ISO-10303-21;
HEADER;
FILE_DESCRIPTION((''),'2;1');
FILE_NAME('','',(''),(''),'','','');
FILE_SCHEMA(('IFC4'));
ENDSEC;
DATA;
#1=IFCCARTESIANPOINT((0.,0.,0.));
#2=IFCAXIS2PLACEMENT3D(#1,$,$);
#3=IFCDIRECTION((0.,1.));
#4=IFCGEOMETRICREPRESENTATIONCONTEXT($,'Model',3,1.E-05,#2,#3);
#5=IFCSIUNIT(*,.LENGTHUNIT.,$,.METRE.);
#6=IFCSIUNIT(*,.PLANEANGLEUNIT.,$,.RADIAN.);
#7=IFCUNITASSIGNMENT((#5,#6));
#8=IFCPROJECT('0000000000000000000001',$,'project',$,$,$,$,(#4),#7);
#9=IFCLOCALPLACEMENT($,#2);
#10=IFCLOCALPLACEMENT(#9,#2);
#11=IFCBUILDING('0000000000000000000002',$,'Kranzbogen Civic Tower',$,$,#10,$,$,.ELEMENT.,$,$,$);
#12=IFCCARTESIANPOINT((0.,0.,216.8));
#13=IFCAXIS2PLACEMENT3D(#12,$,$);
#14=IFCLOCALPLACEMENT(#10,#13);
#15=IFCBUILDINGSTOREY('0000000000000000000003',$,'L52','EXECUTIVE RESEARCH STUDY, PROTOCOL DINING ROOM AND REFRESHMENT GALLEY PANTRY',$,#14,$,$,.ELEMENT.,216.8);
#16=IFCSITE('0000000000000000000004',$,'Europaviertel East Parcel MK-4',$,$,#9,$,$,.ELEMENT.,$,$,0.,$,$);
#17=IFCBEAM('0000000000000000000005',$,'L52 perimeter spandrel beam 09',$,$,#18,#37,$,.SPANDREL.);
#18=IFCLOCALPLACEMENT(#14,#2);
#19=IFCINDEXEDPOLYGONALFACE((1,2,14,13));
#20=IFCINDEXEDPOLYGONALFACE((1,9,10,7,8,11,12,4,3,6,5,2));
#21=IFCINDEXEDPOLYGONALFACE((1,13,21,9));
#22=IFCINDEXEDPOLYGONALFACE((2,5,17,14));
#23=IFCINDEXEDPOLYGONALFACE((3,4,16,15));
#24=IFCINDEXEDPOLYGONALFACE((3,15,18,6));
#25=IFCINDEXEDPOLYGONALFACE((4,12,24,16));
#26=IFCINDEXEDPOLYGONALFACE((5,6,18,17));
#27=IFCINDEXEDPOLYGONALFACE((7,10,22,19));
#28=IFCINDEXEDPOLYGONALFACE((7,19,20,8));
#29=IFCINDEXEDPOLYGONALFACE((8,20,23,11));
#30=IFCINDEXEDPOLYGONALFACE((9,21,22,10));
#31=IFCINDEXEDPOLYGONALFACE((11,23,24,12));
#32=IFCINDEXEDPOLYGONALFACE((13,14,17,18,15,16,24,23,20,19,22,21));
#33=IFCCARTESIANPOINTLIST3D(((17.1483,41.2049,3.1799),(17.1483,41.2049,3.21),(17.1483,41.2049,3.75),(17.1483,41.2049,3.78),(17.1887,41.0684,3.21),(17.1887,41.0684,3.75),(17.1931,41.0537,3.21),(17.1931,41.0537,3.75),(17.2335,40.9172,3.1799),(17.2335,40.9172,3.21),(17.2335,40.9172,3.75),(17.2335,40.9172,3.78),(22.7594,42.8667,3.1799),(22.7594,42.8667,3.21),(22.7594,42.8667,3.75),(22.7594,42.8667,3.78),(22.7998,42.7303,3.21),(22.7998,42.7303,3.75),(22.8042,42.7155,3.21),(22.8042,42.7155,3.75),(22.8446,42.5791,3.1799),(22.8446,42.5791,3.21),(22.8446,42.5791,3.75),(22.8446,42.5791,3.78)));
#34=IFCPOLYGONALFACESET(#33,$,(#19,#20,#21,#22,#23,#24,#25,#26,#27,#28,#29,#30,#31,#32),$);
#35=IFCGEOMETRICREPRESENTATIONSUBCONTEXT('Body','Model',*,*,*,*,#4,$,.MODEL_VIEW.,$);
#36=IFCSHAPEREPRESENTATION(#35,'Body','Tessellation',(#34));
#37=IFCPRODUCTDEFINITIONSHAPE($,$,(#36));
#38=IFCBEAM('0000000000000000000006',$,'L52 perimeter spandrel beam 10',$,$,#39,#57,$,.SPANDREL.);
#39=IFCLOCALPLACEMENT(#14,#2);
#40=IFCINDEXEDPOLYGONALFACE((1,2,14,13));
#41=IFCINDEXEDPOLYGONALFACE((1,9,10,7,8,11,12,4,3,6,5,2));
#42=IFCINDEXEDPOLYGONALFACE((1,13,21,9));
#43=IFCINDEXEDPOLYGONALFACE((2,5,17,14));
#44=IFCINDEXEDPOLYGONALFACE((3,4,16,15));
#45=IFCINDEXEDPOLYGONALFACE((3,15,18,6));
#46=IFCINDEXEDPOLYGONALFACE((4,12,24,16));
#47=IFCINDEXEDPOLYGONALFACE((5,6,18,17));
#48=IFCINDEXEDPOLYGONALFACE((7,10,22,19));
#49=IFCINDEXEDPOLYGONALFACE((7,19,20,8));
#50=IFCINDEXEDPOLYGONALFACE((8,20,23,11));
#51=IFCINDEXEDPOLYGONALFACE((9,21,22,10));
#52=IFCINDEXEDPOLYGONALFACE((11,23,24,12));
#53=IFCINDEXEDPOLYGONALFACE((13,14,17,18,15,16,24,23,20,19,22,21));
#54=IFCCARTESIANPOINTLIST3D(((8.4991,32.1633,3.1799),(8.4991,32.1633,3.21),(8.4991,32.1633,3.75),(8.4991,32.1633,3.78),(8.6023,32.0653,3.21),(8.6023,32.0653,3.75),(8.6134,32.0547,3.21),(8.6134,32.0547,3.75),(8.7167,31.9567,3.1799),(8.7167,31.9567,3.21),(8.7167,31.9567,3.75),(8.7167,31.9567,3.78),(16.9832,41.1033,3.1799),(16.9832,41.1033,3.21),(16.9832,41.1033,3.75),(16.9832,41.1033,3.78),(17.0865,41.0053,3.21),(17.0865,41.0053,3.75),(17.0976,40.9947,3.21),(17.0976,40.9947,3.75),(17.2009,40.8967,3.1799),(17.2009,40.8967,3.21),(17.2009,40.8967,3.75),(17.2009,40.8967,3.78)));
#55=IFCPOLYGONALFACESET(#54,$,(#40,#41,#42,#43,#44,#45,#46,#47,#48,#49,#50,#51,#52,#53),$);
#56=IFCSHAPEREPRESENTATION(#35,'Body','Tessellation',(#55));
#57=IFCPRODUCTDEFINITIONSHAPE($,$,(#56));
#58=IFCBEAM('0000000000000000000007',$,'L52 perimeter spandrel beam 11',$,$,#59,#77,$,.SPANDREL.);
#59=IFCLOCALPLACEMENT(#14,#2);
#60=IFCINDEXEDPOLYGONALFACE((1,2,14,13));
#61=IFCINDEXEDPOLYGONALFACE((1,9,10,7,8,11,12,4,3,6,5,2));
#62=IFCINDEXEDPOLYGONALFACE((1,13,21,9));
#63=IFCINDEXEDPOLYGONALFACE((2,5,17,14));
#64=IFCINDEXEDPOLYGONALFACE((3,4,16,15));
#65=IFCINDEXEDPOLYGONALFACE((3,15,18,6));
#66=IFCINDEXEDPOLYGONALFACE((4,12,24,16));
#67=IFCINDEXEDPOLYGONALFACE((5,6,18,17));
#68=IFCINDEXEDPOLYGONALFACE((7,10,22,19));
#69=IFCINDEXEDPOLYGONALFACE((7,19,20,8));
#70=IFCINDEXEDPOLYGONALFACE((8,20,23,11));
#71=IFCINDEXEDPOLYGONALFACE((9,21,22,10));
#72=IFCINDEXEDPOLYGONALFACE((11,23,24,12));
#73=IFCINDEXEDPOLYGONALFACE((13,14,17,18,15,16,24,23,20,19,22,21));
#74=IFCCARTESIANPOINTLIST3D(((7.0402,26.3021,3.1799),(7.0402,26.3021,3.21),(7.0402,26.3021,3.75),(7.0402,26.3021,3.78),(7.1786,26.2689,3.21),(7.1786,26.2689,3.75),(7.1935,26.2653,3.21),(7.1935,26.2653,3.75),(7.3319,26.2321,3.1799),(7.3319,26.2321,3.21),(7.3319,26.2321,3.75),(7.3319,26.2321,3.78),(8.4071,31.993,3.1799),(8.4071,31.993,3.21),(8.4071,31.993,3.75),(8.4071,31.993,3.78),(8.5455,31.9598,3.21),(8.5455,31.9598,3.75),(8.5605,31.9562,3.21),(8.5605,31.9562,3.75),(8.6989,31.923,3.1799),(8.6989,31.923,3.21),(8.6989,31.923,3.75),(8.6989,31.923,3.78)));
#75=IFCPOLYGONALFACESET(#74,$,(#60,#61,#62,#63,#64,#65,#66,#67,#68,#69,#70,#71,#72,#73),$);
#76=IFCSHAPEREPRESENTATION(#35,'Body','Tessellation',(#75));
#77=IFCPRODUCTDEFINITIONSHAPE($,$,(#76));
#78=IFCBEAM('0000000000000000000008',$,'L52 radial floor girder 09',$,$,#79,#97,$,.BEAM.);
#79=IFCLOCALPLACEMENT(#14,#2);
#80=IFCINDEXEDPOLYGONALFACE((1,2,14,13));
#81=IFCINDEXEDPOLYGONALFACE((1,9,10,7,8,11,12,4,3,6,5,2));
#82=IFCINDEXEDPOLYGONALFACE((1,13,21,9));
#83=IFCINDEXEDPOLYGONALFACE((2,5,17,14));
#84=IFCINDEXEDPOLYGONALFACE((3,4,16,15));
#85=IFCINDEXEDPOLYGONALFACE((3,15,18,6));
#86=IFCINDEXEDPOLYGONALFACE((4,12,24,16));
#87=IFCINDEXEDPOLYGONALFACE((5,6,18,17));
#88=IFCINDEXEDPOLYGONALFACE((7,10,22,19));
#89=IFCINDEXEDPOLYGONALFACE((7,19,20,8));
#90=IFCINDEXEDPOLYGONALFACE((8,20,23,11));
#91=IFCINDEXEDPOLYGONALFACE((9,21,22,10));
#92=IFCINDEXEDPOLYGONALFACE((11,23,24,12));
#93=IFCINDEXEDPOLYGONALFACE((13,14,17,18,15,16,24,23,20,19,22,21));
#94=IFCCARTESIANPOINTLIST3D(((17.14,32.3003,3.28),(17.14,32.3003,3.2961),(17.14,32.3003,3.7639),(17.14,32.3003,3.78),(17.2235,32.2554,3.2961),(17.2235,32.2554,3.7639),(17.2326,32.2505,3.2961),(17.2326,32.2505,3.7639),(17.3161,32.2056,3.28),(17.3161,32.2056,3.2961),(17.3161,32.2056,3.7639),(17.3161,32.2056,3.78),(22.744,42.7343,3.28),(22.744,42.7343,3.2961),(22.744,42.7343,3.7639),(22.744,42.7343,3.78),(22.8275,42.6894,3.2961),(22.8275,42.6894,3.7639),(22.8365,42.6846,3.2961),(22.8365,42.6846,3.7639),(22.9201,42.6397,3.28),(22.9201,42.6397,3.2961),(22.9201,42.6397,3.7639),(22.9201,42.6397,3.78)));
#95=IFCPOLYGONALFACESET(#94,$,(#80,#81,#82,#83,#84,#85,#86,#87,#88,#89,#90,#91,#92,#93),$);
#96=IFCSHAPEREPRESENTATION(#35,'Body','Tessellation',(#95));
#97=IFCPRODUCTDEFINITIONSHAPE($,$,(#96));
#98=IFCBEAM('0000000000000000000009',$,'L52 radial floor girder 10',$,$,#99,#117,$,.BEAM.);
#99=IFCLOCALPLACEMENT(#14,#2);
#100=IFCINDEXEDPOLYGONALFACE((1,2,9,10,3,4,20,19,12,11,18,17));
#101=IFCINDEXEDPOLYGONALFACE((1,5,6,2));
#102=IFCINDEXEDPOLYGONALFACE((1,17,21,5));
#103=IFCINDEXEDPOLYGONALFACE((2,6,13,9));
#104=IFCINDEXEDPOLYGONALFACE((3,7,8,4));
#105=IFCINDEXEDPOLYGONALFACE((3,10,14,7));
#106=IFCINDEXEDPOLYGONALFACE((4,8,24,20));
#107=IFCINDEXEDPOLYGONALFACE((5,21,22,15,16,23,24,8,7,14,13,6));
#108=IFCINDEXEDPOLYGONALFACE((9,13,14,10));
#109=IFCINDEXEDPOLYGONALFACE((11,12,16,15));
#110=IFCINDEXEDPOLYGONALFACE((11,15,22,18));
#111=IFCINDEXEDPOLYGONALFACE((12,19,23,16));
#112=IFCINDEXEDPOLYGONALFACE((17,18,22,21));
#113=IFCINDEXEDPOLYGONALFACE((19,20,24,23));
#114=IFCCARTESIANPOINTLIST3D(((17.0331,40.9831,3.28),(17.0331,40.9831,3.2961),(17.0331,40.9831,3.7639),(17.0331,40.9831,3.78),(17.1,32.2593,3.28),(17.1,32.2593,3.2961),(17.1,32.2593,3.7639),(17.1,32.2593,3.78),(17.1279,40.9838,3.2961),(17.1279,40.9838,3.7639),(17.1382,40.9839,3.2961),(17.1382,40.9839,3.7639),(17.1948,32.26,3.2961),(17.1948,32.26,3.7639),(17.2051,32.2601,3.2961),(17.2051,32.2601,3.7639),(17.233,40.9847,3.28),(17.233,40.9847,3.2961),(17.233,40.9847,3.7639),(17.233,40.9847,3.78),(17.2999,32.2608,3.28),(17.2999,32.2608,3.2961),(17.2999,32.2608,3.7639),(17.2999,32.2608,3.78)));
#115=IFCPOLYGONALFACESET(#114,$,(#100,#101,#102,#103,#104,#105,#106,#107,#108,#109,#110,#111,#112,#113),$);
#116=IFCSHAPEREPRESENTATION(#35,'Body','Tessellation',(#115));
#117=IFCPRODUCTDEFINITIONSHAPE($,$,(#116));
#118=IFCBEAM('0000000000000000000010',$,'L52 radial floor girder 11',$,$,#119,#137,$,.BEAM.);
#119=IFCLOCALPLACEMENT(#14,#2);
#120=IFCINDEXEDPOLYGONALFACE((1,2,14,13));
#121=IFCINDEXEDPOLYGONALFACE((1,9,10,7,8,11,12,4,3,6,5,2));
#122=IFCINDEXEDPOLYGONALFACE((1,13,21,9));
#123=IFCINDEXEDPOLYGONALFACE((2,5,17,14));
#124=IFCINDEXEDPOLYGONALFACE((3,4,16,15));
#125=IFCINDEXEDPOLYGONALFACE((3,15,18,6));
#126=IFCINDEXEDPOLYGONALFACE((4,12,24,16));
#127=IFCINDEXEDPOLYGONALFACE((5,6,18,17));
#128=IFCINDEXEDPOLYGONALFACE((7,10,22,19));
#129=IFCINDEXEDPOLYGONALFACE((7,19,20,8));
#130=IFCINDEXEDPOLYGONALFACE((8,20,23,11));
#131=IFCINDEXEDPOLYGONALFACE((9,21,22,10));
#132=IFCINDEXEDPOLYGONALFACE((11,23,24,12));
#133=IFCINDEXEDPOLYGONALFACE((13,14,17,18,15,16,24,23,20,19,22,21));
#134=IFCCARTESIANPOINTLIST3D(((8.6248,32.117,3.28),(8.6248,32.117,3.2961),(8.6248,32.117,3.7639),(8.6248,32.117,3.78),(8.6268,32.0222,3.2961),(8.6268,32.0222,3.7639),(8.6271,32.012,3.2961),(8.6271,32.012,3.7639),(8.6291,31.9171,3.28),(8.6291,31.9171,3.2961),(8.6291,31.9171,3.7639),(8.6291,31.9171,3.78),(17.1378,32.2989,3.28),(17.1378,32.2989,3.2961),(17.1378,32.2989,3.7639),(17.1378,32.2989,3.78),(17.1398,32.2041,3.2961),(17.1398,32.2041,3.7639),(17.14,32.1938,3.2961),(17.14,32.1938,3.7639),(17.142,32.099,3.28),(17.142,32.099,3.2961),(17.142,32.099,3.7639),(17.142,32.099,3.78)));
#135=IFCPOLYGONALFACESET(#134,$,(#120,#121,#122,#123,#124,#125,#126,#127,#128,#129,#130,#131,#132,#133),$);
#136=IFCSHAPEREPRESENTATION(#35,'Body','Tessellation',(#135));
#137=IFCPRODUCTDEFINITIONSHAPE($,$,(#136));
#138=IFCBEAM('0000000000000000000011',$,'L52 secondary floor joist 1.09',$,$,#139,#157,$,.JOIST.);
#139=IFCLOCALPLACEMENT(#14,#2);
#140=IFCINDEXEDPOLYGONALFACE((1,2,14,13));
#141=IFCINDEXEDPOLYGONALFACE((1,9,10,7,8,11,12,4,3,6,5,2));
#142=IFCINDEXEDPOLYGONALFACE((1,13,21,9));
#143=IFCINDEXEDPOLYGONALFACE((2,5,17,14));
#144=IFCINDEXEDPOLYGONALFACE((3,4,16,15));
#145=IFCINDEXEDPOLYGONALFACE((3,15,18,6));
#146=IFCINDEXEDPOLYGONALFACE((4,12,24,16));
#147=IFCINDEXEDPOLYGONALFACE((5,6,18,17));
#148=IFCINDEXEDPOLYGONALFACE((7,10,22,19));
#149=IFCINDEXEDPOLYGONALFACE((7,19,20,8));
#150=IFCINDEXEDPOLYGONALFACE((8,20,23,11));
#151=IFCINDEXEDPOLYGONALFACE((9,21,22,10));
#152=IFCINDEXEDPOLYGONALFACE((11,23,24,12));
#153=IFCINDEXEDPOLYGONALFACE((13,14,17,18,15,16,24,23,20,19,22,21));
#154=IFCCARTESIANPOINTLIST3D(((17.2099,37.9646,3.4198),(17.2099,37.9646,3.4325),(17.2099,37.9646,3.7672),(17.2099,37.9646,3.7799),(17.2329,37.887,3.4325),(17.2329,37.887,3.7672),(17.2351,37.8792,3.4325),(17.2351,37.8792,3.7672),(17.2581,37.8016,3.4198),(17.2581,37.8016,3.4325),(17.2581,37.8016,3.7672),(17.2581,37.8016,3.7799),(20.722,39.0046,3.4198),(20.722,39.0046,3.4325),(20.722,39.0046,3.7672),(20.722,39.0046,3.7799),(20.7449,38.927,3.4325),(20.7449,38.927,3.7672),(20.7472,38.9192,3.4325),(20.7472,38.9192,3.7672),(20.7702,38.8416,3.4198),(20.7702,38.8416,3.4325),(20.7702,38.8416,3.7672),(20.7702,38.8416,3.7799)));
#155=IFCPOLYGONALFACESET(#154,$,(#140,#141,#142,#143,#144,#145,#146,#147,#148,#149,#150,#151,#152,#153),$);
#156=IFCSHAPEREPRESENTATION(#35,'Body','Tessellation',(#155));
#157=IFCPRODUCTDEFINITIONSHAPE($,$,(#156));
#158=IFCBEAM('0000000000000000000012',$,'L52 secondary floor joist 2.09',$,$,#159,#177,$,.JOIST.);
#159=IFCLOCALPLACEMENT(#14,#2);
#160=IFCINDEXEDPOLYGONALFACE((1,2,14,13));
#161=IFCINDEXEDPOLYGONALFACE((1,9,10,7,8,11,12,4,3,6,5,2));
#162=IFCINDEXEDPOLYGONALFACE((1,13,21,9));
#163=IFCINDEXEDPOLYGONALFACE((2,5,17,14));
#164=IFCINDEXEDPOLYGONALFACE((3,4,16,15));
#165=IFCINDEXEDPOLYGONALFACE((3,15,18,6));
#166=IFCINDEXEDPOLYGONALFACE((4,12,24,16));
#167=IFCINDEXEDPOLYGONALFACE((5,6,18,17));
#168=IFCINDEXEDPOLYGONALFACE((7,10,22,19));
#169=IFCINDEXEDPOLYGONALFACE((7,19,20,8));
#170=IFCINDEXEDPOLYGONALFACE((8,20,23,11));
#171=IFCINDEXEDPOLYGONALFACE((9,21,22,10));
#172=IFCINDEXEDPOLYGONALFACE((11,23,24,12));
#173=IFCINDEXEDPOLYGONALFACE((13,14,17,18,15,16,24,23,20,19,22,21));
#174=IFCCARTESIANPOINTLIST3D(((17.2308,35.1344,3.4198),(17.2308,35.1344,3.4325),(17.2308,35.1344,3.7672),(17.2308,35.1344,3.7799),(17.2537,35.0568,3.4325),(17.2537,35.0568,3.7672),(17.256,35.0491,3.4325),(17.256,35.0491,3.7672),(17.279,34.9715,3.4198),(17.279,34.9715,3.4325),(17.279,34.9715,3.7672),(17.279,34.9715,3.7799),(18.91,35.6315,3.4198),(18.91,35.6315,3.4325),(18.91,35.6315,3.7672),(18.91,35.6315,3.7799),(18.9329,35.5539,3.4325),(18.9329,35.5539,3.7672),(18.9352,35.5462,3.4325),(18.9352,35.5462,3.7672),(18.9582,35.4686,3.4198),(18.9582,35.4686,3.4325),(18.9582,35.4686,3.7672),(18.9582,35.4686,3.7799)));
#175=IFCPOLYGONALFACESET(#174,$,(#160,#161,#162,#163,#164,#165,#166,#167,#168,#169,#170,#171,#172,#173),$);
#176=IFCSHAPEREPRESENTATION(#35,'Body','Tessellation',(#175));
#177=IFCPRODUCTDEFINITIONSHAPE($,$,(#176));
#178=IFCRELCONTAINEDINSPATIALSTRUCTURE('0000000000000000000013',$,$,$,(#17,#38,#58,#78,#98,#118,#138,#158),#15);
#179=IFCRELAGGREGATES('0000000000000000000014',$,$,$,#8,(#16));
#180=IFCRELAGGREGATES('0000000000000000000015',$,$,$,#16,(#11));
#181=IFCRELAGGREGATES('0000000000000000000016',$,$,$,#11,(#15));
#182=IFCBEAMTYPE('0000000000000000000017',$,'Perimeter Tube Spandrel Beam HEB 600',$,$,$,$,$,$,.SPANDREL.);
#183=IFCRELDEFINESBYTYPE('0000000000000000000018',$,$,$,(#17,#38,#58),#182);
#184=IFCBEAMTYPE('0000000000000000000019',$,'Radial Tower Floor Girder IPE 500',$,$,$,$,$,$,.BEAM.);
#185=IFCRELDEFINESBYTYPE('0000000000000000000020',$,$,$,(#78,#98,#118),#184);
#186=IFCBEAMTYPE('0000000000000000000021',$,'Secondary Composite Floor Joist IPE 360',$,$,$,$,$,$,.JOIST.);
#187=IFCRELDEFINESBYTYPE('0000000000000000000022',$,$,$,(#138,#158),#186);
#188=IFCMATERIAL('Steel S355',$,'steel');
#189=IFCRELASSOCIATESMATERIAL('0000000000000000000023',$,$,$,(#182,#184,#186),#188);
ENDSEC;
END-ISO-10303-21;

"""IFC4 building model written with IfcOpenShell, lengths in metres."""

from ifc_helpers import new_model, si_unit, direction, frame, origin, origin_2d, place, context, subcontext, project, spatial, i_section, extrude, material, material_profile, profile_set, type_object, element, save


model = new_model("IFC4")

# Units and contexts
model_context = context("Model", 3, precision=1e-05, world=origin(), true_north=direction((0.0, 1.0)))
body_context = subcontext(model_context, "Body", "Model", "MODEL_VIEW")
ifc_project = project(units=[si_unit("LENGTHUNIT", "METRE"), si_unit("PLANEANGLEUNIT", "RADIAN")], contexts=[model_context])

# Site, building, storey
site_placement = place(None, origin())
site = spatial("IfcSite", under=ifc_project, at=site_placement, Name="Europaviertel East Parcel MK-4", CompositionType="ELEMENT", RefElevation=0.0)
building_placement = place(site_placement, origin())
building = spatial("IfcBuilding", under=site, at=building_placement, Name="Kranzbogen Civic Tower", CompositionType="ELEMENT")
storey_placement = place(building_placement, frame((0.0, 0.0, 216.8)))
storey = spatial("IfcBuildingStorey", under=building, at=storey_placement, Name="L52", Description="EXECUTIVE RESEARCH STUDY, PROTOCOL DINING ROOM AND REFRESHMENT GALLEY PANTRY", CompositionType="ELEMENT", Elevation=216.8)

# Shared definitions
ifc_material_1 = material(Name="Steel S355", Category="steel")

# Beams
ifc_material_profile_1 = material_profile(ifc_material_1, i_section(OverallWidth=0.3, OverallDepth=0.6001, WebThickness=0.0154, FlangeThickness=0.03, at=origin_2d()), Name="HEB 600")
ifc_profile_set_1 = profile_set([ifc_material_profile_1], Name="Steel S355")
beam_type_1 = type_object("IfcBeamType", Name="Perimeter Tube Spandrel Beam HEB 600", PredefinedType="SPANDREL", material=ifc_profile_set_1)
beam_1_placement = place(storey_placement, frame((22.802, 42.7229, 3.48), z_axis=(-0.95883, -0.283982, 0.0), x_axis=(0.283982, -0.95883, 0.0)))
element("IfcBeam", 1, at=beam_1_placement, inside=storey, type_object=beam_type_1, Name="L52 perimeter spandrel beam 09", PredefinedType="SPANDREL", context=body_context, shape_type="SweptSolid", body=[
    extrude(i_section(OverallWidth=0.3, OverallDepth=0.6001, WebThickness=0.0154, FlangeThickness=0.03, at=origin_2d()), origin(), (0.0, 0.0, 1.0), 5.8521),
])
beam_2_placement = place(storey_placement, frame((17.092, 41.0, 3.48), z_axis=(-0.688373, -0.725356, 0.0), x_axis=(0.725356, -0.688373, 0.0)))
element("IfcBeam", 2, at=beam_2_placement, inside=storey, type_object=beam_type_1, Name="L52 perimeter spandrel beam 10", PredefinedType="SPANDREL", context=body_context, shape_type="SweptSolid", body=[
    extrude(i_section(OverallWidth=0.3, OverallDepth=0.6001, WebThickness=0.0154, FlangeThickness=0.03, at=origin_2d()), origin(), (0.0, 0.0, 1.0), 12.325),
])
beam_3_placement = place(storey_placement, frame((8.553, 31.958, 3.48), z_axis=(-0.233554, -0.972344, 0.0), x_axis=(0.972344, -0.233554, 0.0)))
element("IfcBeam", 3, at=beam_3_placement, inside=storey, type_object=beam_type_1, Name="L52 perimeter spandrel beam 11", PredefinedType="SPANDREL", context=body_context, shape_type="SweptSolid", body=[
    extrude(i_section(OverallWidth=0.3, OverallDepth=0.6001, WebThickness=0.0154, FlangeThickness=0.03, at=origin_2d()), origin(), (0.0, 0.0, 1.0), 5.8528),
])
ifc_material_profile_2 = material_profile(ifc_material_1, i_section(OverallWidth=0.2, OverallDepth=0.5, WebThickness=0.0103, FlangeThickness=0.0161, at=origin_2d()), Name="IPE 500")
ifc_profile_set_2 = profile_set([ifc_material_profile_2], Name="Steel S355")
beam_type_2 = type_object("IfcBeamType", Name="Radial Tower Floor Girder IPE 500", PredefinedType="BEAM", material=ifc_profile_set_2)
beam_4_placement = place(storey_placement, frame((22.832, 42.687, 3.53), z_axis=(-0.47316, -0.880976, 0.0), x_axis=(0.880976, -0.47316, 0.0)))
element("IfcBeam", 4, at=beam_4_placement, inside=storey, type_object=beam_type_2, Name="L52 radial floor girder 09", PredefinedType="BEAM", context=body_context, shape_type="SweptSolid", body=[
    extrude(i_section(OverallWidth=0.2, OverallDepth=0.5, WebThickness=0.0103, FlangeThickness=0.0161, at=origin_2d()), origin(), (0.0, 0.0, 1.0), 11.8438),
])
beam_5_placement = place(storey_placement, frame((17.1331, 40.9839, 3.53), z_axis=(0.007668, -0.999971, 0.0), x_axis=(0.999971, 0.007668, 0.0)))
element("IfcBeam", 5, at=beam_5_placement, inside=storey, type_object=beam_type_2, Name="L52 radial floor girder 10", PredefinedType="BEAM", context=body_context, shape_type="SweptSolid", body=[
    extrude(i_section(OverallWidth=0.2, OverallDepth=0.5, WebThickness=0.0103, FlangeThickness=0.0161, at=origin_2d()), origin(), (0.0, 0.0, 1.0), 8.7241),
])
beam_6_placement = place(storey_placement, frame((8.627, 32.0171, 3.53), z_axis=(0.999772, 0.021361, 0.0), x_axis=(-0.021361, 0.999772, 0.0)))
element("IfcBeam", 6, at=beam_6_placement, inside=storey, type_object=beam_type_2, Name="L52 radial floor girder 11", PredefinedType="BEAM", context=body_context, shape_type="SweptSolid", body=[
    extrude(i_section(OverallWidth=0.2, OverallDepth=0.5, WebThickness=0.0103, FlangeThickness=0.0161, at=origin_2d()), origin(), (0.0, 0.0, 1.0), 8.5149),
])
ifc_material_profile_3 = material_profile(ifc_material_1, i_section(OverallWidth=0.1699, OverallDepth=0.3601, WebThickness=0.0081, FlangeThickness=0.0127, at=origin_2d()), Name="IPE 360")
ifc_profile_set_3 = profile_set([ifc_material_profile_3], Name="Steel S355")
beam_type_3 = type_object("IfcBeamType", Name="Secondary Composite Floor Joist IPE 360", PredefinedType="JOIST", material=ifc_profile_set_3)
beam_7_placement = place(storey_placement, frame((20.7461, 38.9231, 3.5999), z_axis=(-0.958844, -0.283934, 0.0), x_axis=(0.283934, -0.958844, 0.0)))
element("IfcBeam", 7, at=beam_7_placement, inside=storey, type_object=beam_type_3, Name="L52 secondary floor joist 1.09", PredefinedType="JOIST", context=body_context, shape_type="SweptSolid", body=[
    extrude(i_section(OverallWidth=0.1699, OverallDepth=0.3601, WebThickness=0.0081, FlangeThickness=0.0127, at=origin_2d()), origin(), (0.0, 0.0, 1.0), 3.6628),
])
beam_8_placement = place(storey_placement, frame((18.9341, 35.55, 3.5999), z_axis=(-0.958871, -0.283841, 0.0), x_axis=(0.283841, -0.958871, 0.0)))
element("IfcBeam", 8, at=beam_8_placement, inside=storey, type_object=beam_type_3, Name="L52 secondary floor joist 2.09", PredefinedType="JOIST", context=body_context, shape_type="SweptSolid", body=[
    extrude(i_section(OverallWidth=0.1699, OverallDepth=0.3601, WebThickness=0.0081, FlangeThickness=0.0127, at=origin_2d()), origin(), (0.0, 0.0, 1.0), 1.7512),
])

save(model, "model.ifc")
